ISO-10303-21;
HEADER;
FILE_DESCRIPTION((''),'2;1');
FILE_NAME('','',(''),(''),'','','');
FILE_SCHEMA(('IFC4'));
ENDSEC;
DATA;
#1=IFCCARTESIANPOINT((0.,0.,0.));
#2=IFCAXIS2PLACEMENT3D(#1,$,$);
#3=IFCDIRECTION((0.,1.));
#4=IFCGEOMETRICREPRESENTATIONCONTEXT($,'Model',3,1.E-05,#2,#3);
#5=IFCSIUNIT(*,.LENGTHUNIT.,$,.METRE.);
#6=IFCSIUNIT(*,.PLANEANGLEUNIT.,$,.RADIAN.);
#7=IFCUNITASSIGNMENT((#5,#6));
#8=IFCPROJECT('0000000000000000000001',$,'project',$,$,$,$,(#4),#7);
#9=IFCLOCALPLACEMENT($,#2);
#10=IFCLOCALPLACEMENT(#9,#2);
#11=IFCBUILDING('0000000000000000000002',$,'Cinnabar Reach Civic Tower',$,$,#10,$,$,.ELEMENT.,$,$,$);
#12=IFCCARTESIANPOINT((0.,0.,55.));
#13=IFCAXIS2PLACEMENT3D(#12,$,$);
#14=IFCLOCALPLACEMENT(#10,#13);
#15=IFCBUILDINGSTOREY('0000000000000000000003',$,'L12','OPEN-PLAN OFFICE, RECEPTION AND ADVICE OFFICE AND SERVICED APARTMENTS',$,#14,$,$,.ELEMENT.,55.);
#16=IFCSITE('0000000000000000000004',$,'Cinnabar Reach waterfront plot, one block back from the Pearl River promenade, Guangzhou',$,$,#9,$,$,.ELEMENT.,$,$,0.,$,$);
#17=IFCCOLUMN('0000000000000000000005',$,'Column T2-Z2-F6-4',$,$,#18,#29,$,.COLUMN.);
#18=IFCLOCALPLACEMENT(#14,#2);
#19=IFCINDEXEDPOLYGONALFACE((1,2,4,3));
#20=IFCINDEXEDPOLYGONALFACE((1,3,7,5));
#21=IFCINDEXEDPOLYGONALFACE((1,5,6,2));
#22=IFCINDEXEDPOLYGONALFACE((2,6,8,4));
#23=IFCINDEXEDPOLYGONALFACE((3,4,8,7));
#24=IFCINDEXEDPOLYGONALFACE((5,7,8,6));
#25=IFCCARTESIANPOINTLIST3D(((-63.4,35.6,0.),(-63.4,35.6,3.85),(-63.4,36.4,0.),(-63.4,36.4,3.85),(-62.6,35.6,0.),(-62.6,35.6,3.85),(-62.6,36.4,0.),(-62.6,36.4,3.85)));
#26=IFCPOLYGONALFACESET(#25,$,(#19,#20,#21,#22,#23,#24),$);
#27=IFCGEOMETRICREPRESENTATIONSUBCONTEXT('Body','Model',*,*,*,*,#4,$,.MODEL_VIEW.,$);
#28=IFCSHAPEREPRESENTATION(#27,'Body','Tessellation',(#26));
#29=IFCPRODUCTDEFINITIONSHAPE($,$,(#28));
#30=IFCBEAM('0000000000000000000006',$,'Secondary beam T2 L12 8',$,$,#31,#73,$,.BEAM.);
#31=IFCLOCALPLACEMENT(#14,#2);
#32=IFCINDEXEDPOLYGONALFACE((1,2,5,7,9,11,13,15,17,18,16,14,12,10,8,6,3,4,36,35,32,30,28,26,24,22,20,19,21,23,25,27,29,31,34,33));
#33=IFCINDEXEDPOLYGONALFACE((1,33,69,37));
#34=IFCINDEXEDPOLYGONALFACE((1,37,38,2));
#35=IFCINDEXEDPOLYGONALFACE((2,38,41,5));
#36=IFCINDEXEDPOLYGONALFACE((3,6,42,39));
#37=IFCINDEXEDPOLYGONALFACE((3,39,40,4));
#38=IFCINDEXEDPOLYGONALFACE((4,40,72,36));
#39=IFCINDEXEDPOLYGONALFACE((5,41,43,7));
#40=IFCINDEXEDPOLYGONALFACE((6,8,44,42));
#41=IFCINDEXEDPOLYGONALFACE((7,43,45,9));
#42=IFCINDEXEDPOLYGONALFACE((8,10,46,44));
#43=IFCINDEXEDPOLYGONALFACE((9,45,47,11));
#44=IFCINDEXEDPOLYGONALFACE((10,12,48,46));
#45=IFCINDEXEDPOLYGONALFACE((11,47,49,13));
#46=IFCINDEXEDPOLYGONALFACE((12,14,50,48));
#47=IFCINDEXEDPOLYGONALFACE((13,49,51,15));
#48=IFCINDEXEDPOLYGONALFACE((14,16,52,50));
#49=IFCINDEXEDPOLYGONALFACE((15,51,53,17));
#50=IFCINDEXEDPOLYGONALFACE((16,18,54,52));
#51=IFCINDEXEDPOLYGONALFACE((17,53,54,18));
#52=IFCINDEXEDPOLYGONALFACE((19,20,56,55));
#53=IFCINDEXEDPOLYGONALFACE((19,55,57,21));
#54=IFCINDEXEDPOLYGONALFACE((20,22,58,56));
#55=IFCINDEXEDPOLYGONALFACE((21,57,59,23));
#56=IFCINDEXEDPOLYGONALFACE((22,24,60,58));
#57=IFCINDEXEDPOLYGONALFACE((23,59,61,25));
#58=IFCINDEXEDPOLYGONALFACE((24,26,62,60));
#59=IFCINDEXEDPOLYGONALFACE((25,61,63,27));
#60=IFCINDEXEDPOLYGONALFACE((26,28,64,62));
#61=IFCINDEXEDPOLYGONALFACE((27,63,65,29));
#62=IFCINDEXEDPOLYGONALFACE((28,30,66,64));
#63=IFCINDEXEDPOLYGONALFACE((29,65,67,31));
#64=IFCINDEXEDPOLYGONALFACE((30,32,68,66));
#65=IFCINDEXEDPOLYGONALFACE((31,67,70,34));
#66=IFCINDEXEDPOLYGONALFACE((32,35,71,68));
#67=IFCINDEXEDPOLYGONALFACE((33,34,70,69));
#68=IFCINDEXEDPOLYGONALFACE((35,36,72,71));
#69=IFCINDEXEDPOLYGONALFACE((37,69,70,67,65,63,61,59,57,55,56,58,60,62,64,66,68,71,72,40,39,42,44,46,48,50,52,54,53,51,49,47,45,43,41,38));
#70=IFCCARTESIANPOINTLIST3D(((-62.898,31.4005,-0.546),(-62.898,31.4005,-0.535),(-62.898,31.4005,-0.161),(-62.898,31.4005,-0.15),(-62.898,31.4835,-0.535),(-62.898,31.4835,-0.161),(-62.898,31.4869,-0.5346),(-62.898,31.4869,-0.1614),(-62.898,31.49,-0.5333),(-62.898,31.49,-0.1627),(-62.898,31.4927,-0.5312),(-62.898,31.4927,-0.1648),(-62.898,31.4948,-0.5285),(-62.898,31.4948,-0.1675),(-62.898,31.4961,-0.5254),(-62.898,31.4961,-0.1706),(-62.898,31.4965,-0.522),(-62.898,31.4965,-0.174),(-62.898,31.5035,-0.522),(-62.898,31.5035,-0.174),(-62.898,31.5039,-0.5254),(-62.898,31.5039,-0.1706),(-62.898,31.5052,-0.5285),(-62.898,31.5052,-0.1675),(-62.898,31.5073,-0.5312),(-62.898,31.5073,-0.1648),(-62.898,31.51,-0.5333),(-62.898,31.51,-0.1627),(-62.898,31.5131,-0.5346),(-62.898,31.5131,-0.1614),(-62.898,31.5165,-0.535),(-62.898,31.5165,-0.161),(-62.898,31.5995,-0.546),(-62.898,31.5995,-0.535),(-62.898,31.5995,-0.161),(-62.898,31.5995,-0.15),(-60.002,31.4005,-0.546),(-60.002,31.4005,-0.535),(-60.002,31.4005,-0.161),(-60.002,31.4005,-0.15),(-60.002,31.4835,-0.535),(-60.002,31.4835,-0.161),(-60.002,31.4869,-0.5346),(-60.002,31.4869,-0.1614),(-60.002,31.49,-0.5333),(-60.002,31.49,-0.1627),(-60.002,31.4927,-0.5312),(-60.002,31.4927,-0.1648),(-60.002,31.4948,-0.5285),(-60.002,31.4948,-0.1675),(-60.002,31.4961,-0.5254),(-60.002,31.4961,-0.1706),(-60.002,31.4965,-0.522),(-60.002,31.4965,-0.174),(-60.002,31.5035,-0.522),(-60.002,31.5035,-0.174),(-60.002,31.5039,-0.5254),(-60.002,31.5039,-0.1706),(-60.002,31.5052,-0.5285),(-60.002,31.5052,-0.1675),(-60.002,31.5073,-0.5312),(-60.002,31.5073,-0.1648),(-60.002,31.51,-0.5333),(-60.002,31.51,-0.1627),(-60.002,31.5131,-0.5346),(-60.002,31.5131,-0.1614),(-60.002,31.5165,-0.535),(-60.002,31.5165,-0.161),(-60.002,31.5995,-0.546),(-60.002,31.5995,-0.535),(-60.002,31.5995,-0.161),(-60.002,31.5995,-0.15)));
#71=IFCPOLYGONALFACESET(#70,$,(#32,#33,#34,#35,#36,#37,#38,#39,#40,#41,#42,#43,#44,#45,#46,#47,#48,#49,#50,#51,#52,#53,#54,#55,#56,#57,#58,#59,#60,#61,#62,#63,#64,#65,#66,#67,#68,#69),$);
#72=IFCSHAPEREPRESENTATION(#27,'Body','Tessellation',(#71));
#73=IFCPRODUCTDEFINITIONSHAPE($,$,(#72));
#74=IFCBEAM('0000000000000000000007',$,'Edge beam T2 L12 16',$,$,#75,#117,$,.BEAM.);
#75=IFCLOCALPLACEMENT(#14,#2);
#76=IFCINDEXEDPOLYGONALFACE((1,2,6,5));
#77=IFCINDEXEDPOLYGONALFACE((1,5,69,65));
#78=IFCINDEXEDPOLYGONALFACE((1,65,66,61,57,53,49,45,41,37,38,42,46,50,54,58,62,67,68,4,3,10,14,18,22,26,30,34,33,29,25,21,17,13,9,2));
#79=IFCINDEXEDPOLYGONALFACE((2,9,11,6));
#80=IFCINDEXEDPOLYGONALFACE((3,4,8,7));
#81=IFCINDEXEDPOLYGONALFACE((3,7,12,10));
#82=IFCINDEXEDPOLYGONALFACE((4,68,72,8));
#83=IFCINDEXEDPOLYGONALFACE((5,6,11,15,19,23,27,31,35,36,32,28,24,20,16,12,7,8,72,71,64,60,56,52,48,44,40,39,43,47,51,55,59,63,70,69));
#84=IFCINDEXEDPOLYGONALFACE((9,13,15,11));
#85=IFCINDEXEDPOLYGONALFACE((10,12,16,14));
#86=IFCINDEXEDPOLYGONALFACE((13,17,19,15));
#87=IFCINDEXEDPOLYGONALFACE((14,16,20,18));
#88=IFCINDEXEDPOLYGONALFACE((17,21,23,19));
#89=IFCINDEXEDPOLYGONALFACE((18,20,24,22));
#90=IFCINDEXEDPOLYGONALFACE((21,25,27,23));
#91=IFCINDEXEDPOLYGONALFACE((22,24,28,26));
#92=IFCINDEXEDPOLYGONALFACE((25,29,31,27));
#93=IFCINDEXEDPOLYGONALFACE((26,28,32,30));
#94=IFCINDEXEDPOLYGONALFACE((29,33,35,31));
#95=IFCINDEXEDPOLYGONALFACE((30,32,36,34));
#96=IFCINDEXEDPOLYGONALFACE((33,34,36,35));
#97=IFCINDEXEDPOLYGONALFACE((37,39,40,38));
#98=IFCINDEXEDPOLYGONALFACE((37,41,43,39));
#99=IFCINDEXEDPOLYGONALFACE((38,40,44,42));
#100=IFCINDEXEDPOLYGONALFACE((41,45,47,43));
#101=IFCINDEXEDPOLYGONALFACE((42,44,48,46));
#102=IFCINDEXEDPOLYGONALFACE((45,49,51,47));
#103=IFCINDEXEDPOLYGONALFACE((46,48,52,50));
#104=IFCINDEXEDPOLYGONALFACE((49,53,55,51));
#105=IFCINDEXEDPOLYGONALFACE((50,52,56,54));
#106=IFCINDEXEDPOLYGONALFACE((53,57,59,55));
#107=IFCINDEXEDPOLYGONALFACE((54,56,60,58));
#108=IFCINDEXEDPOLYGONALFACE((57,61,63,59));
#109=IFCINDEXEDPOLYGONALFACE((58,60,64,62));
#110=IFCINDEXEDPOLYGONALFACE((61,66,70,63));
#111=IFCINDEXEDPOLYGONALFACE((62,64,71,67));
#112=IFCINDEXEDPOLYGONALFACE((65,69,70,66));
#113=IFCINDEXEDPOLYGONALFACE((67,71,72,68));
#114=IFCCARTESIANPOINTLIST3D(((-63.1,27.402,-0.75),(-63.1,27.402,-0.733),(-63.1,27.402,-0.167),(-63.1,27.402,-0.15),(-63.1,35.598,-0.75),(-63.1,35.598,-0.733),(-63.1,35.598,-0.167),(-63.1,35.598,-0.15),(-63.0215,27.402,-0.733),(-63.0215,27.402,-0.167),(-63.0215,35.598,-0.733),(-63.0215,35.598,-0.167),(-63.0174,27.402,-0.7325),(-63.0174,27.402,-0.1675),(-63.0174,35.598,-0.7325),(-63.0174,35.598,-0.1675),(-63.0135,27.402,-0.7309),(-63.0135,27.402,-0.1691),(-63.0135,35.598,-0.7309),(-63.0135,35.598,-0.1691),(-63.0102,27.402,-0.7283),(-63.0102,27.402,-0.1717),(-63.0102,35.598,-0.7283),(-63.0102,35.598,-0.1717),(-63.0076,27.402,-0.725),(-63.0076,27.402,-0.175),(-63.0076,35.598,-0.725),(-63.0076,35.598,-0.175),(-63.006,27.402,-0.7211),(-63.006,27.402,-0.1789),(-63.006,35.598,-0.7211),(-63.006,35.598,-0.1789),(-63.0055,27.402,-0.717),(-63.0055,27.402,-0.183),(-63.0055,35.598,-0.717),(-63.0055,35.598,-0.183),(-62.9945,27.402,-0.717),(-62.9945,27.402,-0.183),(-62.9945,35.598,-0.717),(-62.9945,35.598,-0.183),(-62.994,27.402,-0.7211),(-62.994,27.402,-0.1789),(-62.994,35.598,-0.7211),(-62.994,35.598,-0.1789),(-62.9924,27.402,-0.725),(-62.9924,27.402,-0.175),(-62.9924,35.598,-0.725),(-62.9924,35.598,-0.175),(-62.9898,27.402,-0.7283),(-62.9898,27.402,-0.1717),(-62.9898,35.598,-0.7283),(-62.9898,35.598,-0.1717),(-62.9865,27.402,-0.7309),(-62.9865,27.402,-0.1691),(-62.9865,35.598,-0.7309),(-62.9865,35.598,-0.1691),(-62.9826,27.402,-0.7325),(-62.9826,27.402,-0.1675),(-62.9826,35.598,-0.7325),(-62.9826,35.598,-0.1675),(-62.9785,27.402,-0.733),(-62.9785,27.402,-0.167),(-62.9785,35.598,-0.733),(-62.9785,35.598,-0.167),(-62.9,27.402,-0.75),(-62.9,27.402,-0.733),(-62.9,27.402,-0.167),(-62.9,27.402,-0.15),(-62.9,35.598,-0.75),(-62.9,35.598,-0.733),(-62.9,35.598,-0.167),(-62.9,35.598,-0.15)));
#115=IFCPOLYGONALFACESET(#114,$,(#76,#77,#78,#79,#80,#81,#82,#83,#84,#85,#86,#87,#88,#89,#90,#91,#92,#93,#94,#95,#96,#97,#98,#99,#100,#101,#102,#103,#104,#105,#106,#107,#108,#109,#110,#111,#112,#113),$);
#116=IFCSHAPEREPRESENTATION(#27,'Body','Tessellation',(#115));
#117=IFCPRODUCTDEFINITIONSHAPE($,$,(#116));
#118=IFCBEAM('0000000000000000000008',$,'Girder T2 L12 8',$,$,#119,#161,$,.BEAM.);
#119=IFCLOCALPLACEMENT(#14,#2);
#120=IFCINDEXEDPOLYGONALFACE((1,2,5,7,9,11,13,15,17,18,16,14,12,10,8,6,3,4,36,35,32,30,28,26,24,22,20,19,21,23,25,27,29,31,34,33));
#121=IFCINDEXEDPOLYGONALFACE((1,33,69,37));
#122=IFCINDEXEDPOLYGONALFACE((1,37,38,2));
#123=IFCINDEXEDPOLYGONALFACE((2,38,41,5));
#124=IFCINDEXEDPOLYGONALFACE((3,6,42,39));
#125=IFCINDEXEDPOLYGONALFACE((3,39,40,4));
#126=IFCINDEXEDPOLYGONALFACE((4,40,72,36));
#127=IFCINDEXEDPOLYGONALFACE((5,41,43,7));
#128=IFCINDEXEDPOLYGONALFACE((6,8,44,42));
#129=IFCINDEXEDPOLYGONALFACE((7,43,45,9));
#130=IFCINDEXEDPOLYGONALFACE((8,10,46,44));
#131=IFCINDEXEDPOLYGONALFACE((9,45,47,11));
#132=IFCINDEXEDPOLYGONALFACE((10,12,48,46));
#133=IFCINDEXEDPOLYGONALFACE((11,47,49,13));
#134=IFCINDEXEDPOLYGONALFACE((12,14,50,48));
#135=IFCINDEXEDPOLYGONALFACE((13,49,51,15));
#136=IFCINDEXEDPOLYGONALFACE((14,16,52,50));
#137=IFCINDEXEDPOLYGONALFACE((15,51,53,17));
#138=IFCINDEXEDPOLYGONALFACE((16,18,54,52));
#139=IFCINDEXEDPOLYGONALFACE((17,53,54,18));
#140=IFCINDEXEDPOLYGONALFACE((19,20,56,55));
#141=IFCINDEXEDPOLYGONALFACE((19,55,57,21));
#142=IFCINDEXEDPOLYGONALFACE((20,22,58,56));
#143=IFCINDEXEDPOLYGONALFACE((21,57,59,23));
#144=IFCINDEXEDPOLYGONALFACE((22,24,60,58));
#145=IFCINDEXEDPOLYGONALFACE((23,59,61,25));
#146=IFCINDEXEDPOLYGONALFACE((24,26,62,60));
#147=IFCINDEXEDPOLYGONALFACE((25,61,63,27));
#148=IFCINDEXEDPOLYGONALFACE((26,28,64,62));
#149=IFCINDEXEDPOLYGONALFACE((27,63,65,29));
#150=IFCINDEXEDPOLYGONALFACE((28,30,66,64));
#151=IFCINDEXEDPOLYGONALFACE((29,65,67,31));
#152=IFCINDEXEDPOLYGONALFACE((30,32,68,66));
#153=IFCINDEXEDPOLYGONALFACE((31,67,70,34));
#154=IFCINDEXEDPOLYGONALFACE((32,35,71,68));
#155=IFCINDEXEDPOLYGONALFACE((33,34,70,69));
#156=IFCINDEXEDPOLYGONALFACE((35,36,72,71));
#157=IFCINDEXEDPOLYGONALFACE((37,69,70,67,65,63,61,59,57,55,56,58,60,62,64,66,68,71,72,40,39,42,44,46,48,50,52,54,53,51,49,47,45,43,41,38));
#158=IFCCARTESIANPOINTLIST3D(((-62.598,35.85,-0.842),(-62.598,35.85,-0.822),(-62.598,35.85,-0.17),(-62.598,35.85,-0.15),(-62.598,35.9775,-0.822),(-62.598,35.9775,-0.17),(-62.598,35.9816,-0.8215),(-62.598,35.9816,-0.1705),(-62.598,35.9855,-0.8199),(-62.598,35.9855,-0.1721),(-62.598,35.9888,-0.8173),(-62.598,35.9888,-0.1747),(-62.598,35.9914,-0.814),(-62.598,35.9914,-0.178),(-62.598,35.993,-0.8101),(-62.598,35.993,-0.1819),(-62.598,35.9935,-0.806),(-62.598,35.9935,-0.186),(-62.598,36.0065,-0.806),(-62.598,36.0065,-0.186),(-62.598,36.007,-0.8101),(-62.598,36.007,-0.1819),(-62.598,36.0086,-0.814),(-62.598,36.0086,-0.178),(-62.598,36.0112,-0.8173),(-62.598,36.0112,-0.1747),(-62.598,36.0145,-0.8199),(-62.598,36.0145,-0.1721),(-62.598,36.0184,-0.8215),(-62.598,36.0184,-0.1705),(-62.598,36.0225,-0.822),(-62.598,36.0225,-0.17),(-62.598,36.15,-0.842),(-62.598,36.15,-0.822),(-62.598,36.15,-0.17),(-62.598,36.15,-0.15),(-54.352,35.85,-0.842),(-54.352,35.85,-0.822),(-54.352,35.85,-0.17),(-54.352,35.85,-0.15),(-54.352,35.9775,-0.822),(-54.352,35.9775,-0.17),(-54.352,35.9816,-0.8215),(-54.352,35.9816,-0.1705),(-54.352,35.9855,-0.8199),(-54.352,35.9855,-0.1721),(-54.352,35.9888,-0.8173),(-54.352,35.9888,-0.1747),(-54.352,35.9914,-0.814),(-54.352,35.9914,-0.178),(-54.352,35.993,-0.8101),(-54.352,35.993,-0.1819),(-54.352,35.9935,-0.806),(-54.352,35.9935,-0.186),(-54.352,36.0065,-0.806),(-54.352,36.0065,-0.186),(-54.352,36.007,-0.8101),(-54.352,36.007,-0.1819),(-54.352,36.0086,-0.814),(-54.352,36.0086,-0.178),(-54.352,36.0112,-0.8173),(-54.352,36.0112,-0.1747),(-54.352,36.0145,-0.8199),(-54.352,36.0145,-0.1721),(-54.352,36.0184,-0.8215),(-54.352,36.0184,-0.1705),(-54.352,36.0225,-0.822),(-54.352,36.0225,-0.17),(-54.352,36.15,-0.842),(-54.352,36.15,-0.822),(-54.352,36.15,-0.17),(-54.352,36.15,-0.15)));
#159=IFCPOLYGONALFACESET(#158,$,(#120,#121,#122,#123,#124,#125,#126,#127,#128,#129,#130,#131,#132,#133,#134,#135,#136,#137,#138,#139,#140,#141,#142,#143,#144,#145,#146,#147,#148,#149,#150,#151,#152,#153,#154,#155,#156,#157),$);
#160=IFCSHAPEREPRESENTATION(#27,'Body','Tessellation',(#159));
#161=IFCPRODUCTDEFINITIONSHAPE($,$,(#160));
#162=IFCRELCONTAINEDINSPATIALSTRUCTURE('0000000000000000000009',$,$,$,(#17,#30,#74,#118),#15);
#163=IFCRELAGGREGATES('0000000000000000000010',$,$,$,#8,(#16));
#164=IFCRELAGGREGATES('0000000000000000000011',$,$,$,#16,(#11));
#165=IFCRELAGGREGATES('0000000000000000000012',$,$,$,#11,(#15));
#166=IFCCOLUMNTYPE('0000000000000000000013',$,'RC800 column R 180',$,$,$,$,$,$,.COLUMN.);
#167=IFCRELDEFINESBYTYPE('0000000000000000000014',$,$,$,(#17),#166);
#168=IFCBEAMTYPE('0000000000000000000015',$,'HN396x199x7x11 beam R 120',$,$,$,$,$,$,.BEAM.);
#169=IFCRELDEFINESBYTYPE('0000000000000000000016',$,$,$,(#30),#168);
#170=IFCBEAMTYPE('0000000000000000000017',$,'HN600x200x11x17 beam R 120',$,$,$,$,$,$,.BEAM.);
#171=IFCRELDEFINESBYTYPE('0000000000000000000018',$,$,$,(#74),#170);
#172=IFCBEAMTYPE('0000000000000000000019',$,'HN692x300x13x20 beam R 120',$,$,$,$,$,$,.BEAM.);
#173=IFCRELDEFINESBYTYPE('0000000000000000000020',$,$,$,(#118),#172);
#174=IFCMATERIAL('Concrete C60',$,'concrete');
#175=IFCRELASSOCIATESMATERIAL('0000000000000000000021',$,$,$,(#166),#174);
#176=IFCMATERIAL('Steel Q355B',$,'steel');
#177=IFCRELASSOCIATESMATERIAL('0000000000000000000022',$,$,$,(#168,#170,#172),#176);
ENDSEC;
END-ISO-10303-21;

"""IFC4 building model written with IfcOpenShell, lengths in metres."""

from ifc_helpers import new_model, si_unit, direction, frame, origin, origin_2d, place, context, subcontext, project, spatial, rectangle, i_section, extrude, material, material_profile, profile_set, type_object, element, save


model = new_model("IFC4")

# Units and contexts
model_context = context("Model", 3, precision=1e-05, world=origin(), true_north=direction((0.0, 1.0)))
body_context = subcontext(model_context, "Body", "Model", "MODEL_VIEW")
ifc_project = project(units=[si_unit("LENGTHUNIT", "METRE"), si_unit("PLANEANGLEUNIT", "RADIAN")], contexts=[model_context])

# Site, building, storey
site_placement = place(None, origin())
site = spatial("IfcSite", under=ifc_project, at=site_placement, Name="Cinnabar Reach waterfront plot, one block back from the Pearl River promenade, Guangzhou", CompositionType="ELEMENT", RefElevation=0.0)
building_placement = place(site_placement, origin())
building = spatial("IfcBuilding", under=site, at=building_placement, Name="Cinnabar Reach Civic Tower", CompositionType="ELEMENT")
storey_placement = place(building_placement, frame((0.0, 0.0, 55.0)))
storey = spatial("IfcBuildingStorey", under=building, at=storey_placement, Name="L12", Description="OPEN-PLAN OFFICE, RECEPTION AND ADVICE OFFICE AND SERVICED APARTMENTS", CompositionType="ELEMENT", Elevation=55.0)

# Column
ifc_material_1 = material(Name="Concrete C60", Category="concrete")
ifc_material_profile_1 = material_profile(ifc_material_1, rectangle(XDim=0.8, YDim=0.8, at=origin_2d()), Name="RC800")
ifc_profile_set_1 = profile_set([ifc_material_profile_1], Name="Concrete C60")
column_type = type_object("IfcColumnType", Name="RC800 column R 180", PredefinedType="COLUMN", material=ifc_profile_set_1)
column_placement = place(storey_placement, frame((-63.0, 36.0, 0.0), z_axis=(0.0, 0.0, 1.0), x_axis=(1.0, 0.0, 0.0)))
element("IfcColumn", 1, at=column_placement, inside=storey, type_object=column_type, Name="Column T2-Z2-F6-4", PredefinedType="COLUMN", context=body_context, shape_type="SweptSolid", body=[
    extrude(rectangle(XDim=0.8, YDim=0.8, at=origin_2d()), origin(), (0.0, 0.0, 1.0), 3.85),
])

# Beams
ifc_material_2 = material(Name="Steel Q355B", Category="steel")
ifc_material_profile_2 = material_profile(ifc_material_2, i_section(OverallWidth=0.199, OverallDepth=0.396, WebThickness=0.007, FlangeThickness=0.011, FilletRadius=0.013, at=origin_2d()), Name="HN396x199x7x11")
ifc_profile_set_2 = profile_set([ifc_material_profile_2], Name="Steel Q355B")
beam_type_1 = type_object("IfcBeamType", Name="HN396x199x7x11 beam R 120", PredefinedType="BEAM", material=ifc_profile_set_2)
beam_1_placement = place(storey_placement, frame((-62.898, 31.5, -0.348), z_axis=(1.0, 0.0, 0.0), x_axis=(0.0, 1.0, 0.0)))
element("IfcBeam", 2, at=beam_1_placement, inside=storey, type_object=beam_type_1, Name="Secondary beam T2 L12 8", PredefinedType="BEAM", context=body_context, shape_type="SweptSolid", body=[
    extrude(i_section(OverallWidth=0.199, OverallDepth=0.396, WebThickness=0.007, FlangeThickness=0.011, FilletRadius=0.013, at=origin_2d()), origin(), (0.0, 0.0, 1.0), 2.896),
])
ifc_material_profile_3 = material_profile(ifc_material_2, i_section(OverallWidth=0.2, OverallDepth=0.6, WebThickness=0.011, FlangeThickness=0.017, FilletRadius=0.016, at=origin_2d()), Name="HN600x200x11x17")
ifc_profile_set_3 = profile_set([ifc_material_profile_3], Name="Steel Q355B")
beam_type_2 = type_object("IfcBeamType", Name="HN600x200x11x17 beam R 120", PredefinedType="BEAM", material=ifc_profile_set_3)
beam_2_placement = place(storey_placement, frame((-63.0, 35.598, -0.45), z_axis=(0.0, -1.0, 0.0), x_axis=(1.0, 0.0, 0.0)))
element("IfcBeam", 3, at=beam_2_placement, inside=storey, type_object=beam_type_2, Name="Edge beam T2 L12 16", PredefinedType="BEAM", context=body_context, shape_type="SweptSolid", body=[
    extrude(i_section(OverallWidth=0.2, OverallDepth=0.6, WebThickness=0.011, FlangeThickness=0.017, FilletRadius=0.016, at=origin_2d()), origin(), (0.0, 0.0, 1.0), 8.196),
])
ifc_material_profile_4 = material_profile(ifc_material_2, i_section(OverallWidth=0.3, OverallDepth=0.692, WebThickness=0.013, FlangeThickness=0.02, FilletRadius=0.016, at=origin_2d()), Name="HN692x300x13x20")
ifc_profile_set_4 = profile_set([ifc_material_profile_4], Name="Steel Q355B")
beam_type_3 = type_object("IfcBeamType", Name="HN692x300x13x20 beam R 120", PredefinedType="BEAM", material=ifc_profile_set_4)
beam_3_placement = place(storey_placement, frame((-62.598, 36.0, -0.496), z_axis=(1.0, 0.0, 0.0), x_axis=(0.0, 1.0, 0.0)))
element("IfcBeam", 4, at=beam_3_placement, inside=storey, type_object=beam_type_3, Name="Girder T2 L12 8", PredefinedType="BEAM", context=body_context, shape_type="SweptSolid", body=[
    extrude(i_section(OverallWidth=0.3, OverallDepth=0.692, WebThickness=0.013, FlangeThickness=0.02, FilletRadius=0.016, at=origin_2d()), origin(), (0.0, 0.0, 1.0), 8.246),
])

save(model, "model.ifc")
